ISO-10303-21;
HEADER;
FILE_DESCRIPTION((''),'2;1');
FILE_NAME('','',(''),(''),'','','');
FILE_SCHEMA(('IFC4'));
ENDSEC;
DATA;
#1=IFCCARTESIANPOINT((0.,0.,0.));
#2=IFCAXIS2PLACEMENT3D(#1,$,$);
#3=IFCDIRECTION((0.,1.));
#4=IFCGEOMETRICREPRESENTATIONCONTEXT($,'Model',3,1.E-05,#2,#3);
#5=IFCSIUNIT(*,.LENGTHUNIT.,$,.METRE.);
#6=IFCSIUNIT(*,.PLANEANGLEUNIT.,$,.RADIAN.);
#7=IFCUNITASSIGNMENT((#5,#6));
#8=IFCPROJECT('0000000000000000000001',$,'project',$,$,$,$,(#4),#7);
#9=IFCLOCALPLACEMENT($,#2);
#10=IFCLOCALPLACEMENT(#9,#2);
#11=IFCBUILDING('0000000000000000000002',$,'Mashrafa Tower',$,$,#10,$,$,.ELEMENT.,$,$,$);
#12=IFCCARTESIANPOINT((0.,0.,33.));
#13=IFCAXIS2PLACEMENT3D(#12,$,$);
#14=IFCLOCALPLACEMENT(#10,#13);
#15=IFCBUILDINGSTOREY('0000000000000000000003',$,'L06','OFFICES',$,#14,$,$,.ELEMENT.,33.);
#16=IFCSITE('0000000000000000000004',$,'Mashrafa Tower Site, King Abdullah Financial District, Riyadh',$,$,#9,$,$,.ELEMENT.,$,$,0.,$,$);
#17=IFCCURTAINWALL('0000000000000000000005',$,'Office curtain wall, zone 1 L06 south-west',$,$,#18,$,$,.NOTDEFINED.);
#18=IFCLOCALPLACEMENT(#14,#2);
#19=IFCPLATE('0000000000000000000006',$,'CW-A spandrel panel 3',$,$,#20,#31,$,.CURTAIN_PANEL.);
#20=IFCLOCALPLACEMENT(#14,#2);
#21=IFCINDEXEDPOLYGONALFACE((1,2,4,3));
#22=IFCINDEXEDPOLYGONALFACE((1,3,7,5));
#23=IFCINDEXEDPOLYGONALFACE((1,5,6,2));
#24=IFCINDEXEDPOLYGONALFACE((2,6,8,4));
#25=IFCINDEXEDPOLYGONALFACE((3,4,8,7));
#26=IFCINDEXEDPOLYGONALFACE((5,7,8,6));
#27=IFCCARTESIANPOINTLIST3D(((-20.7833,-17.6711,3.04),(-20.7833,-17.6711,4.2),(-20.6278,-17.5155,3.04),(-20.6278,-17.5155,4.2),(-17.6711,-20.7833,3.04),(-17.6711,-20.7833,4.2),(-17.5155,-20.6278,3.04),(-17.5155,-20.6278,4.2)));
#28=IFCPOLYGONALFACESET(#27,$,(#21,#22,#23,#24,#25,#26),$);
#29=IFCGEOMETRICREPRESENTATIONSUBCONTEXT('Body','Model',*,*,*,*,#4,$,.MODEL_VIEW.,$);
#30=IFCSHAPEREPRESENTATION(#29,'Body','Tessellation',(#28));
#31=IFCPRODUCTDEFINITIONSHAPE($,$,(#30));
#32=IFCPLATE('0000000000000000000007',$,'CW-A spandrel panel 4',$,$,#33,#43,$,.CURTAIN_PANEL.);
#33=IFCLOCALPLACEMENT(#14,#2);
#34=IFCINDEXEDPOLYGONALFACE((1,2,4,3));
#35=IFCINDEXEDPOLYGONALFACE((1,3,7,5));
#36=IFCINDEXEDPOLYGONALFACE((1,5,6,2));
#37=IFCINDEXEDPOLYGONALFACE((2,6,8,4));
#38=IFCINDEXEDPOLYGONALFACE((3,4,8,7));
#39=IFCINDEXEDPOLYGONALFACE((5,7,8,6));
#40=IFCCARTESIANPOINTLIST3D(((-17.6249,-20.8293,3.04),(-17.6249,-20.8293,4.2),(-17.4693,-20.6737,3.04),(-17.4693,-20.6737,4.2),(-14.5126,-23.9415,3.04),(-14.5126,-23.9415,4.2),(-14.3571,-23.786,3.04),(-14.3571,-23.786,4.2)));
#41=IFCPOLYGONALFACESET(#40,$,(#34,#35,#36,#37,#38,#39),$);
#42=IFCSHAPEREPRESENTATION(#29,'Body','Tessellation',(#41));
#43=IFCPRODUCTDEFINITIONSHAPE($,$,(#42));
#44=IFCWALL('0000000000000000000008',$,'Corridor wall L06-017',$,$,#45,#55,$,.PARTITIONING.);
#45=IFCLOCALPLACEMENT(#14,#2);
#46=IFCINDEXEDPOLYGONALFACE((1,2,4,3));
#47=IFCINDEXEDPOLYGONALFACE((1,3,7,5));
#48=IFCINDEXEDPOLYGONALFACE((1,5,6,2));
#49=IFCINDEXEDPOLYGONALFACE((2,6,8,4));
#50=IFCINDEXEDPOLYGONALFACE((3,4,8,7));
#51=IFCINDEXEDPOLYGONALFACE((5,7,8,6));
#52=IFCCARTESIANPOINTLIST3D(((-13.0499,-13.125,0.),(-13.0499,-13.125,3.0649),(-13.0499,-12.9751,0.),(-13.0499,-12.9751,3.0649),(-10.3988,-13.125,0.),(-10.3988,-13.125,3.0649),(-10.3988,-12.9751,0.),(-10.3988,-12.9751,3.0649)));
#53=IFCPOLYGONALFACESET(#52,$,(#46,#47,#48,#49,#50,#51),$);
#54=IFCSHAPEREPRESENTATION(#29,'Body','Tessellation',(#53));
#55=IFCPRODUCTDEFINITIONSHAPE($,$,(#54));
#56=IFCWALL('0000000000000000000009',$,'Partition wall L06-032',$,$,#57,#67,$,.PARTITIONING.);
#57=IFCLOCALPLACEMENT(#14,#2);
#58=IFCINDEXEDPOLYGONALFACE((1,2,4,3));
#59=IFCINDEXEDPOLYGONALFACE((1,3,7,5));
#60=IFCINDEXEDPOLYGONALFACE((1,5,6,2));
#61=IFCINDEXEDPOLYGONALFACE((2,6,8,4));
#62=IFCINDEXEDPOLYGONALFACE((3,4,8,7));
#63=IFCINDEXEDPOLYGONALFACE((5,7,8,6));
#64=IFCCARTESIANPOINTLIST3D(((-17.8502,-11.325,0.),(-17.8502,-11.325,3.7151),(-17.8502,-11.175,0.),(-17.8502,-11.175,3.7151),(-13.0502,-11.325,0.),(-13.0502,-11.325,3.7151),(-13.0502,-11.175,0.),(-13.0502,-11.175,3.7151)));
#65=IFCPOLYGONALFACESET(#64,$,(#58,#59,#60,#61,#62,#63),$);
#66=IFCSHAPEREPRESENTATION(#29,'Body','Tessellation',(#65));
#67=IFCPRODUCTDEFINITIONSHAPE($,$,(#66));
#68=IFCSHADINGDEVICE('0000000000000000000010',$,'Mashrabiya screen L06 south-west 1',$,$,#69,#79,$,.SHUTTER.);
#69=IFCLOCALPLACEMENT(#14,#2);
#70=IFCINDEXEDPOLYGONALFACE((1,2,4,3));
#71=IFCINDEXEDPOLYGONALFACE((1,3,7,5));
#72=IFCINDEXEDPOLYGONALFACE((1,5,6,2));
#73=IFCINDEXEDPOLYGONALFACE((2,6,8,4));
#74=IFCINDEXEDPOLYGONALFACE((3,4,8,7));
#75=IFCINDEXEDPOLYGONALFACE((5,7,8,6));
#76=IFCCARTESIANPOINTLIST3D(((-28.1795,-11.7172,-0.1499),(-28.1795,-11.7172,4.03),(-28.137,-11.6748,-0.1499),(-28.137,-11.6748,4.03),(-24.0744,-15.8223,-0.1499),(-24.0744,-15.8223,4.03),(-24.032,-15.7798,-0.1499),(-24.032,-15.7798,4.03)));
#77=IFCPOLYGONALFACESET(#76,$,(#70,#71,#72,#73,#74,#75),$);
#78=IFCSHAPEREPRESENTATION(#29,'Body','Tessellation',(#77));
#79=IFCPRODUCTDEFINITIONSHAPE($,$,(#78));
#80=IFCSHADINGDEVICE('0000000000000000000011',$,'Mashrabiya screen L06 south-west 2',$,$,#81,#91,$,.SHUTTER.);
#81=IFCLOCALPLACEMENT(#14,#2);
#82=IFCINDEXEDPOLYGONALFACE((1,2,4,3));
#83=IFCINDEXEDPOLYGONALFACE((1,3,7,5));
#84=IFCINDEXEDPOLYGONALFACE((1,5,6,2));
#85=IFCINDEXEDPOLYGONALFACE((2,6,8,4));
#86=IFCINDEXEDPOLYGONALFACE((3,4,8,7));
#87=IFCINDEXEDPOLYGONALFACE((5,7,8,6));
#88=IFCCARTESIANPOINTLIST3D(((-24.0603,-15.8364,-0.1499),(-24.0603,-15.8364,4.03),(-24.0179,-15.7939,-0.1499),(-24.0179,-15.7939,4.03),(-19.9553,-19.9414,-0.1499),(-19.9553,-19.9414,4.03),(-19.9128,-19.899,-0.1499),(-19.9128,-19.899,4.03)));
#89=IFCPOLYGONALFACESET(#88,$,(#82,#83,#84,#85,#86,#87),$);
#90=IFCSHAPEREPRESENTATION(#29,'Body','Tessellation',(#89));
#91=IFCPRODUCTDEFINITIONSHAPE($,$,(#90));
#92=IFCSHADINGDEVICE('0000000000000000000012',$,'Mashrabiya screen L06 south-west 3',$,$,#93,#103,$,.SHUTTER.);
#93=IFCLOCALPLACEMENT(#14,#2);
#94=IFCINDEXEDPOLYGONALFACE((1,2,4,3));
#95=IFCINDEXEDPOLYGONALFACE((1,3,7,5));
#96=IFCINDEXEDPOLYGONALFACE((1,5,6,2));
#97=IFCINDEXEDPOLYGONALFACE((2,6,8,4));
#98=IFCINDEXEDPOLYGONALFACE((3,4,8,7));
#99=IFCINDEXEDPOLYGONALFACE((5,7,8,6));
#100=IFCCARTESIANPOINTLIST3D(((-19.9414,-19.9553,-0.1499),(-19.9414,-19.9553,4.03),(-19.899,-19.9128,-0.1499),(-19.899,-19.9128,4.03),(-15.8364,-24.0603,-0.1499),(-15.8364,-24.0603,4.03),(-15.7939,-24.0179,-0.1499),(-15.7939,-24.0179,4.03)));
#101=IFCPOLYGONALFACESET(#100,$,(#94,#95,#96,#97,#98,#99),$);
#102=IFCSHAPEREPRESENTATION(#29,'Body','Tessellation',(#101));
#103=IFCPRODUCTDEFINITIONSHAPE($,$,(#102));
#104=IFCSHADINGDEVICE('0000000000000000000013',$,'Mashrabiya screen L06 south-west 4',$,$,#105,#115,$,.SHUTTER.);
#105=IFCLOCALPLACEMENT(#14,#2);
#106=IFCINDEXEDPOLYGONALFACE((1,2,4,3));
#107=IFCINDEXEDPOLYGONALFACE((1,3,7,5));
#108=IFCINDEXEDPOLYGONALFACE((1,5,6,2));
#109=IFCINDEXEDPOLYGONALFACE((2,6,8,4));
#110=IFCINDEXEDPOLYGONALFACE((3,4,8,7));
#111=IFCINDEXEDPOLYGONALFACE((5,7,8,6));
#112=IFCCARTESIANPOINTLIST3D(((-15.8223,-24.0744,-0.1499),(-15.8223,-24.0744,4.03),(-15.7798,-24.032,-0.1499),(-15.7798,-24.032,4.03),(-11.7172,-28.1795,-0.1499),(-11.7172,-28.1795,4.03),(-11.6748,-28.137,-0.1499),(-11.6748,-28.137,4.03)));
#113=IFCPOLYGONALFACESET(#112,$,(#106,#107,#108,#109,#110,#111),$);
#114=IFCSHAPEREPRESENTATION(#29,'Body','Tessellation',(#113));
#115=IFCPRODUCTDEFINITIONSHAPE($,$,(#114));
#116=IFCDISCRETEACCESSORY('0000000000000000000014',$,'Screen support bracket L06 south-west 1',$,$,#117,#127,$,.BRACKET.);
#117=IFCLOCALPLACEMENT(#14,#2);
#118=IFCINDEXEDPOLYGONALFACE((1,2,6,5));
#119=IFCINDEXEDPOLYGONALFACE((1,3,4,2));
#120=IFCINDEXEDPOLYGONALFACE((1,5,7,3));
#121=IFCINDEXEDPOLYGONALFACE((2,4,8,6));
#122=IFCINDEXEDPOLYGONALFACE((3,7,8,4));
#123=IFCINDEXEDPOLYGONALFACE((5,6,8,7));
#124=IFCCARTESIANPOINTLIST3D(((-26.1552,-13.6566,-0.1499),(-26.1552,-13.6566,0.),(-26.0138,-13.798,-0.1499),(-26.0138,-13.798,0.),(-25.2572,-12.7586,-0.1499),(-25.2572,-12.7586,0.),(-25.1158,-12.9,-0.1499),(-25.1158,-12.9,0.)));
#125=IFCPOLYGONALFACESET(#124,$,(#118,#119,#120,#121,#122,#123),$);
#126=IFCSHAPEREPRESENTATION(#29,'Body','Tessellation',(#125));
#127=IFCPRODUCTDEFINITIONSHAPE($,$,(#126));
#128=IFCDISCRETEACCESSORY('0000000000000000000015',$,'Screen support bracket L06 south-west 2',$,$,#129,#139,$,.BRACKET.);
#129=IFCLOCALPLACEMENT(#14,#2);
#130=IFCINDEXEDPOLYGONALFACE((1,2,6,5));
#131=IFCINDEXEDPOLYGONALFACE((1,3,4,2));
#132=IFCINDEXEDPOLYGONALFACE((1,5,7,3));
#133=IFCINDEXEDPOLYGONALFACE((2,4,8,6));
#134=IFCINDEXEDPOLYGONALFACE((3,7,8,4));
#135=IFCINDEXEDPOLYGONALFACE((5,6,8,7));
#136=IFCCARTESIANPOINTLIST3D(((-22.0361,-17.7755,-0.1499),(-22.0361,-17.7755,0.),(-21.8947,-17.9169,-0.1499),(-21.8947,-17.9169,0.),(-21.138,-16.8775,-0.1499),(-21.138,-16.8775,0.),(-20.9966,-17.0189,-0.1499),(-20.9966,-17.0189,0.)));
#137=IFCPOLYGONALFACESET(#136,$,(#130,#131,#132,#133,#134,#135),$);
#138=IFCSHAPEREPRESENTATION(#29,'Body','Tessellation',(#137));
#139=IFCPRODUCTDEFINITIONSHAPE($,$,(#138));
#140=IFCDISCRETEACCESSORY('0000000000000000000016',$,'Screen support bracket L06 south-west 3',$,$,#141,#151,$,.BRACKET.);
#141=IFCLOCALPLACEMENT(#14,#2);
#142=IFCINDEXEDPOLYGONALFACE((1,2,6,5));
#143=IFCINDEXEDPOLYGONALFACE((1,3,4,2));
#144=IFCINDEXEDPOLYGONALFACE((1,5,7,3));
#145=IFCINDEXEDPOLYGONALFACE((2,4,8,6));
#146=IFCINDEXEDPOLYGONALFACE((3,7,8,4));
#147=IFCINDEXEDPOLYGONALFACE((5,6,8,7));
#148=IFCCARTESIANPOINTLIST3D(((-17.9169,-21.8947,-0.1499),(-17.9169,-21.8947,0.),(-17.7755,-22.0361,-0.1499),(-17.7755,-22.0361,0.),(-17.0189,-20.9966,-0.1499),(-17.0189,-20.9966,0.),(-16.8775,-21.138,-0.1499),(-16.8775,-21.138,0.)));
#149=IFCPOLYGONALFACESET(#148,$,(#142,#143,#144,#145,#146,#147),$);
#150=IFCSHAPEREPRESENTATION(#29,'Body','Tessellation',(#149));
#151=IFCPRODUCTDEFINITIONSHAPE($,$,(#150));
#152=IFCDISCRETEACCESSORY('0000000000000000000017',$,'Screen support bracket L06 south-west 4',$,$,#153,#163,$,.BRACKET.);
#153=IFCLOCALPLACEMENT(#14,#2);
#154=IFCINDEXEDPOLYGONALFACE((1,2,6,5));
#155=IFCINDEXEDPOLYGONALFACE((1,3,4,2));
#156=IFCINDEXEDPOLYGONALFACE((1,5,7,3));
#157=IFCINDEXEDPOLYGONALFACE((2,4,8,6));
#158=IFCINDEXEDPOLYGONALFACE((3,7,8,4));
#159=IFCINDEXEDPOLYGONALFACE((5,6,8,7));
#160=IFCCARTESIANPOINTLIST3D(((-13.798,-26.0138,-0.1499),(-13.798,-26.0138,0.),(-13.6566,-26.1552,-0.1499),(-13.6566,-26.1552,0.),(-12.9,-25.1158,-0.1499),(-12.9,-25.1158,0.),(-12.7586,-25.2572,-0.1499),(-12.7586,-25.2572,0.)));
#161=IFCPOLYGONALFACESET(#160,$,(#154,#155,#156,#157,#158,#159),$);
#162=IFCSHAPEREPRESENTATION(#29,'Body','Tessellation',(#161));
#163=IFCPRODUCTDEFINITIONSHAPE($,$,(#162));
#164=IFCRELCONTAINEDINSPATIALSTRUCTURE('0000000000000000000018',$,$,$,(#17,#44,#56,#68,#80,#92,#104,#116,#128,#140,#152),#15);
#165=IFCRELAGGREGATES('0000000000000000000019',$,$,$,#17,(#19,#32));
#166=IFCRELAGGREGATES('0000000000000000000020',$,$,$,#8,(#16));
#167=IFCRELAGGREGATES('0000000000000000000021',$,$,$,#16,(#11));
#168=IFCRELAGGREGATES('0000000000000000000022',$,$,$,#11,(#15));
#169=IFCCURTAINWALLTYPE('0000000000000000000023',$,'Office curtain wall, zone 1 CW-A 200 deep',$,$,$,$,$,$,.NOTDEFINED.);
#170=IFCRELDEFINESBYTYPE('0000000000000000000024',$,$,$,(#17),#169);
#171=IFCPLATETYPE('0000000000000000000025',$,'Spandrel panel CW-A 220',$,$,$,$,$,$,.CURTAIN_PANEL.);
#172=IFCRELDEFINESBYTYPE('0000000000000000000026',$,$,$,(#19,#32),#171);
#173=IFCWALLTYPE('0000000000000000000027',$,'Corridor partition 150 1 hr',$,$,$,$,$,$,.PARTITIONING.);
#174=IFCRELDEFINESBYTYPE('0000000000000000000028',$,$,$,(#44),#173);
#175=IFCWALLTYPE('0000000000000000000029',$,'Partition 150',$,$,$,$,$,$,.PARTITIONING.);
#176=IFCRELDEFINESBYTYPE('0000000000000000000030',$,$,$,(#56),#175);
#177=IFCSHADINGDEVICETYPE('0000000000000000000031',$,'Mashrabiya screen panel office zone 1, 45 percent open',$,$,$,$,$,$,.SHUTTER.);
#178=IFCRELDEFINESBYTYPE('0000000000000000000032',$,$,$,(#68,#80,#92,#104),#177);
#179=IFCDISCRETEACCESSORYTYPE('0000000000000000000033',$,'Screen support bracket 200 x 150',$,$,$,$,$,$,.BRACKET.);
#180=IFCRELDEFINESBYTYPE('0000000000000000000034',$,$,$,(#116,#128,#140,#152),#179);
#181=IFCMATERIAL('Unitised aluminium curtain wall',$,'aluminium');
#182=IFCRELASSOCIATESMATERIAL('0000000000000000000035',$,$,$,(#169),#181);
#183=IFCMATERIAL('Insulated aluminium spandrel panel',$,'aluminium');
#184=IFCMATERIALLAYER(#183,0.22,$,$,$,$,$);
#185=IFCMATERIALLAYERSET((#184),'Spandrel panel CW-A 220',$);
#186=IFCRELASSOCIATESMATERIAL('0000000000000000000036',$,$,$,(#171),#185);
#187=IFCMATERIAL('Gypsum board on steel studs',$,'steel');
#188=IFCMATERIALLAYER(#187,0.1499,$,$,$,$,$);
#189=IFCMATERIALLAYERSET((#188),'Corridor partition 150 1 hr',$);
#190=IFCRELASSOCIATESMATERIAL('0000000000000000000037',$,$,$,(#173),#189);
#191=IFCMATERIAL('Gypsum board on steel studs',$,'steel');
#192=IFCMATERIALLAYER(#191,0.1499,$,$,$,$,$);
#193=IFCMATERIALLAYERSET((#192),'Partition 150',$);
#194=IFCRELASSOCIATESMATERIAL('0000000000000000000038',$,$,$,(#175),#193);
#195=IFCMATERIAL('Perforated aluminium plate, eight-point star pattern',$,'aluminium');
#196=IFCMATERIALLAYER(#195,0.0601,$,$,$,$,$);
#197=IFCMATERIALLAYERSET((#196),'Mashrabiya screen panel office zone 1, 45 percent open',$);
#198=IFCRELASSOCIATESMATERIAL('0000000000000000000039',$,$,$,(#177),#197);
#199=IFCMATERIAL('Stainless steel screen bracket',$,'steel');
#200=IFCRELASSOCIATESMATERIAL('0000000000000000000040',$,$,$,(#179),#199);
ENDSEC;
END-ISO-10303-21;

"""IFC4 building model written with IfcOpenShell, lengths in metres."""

from ifc_helpers import new_model, si_unit, direction, frame, frame_2d, origin, origin_2d, place, context, subcontext, project, spatial, rectangle, extrude, source, transform, mapped, material, layer, layer_set, type_object, type_shapes, element, aggregate, save


model = new_model("IFC4")

# Units and contexts
model_context = context("Model", 3, precision=1e-05, world=origin(), true_north=direction((0.0, 1.0)))
body_context = subcontext(model_context, "Body", "Model", "MODEL_VIEW")
ifc_project = project(units=[si_unit("LENGTHUNIT", "METRE"), si_unit("PLANEANGLEUNIT", "RADIAN")], contexts=[model_context])

# Site, building, storey
site_placement = place(None, origin())
site = spatial("IfcSite", under=ifc_project, at=site_placement, Name="Mashrafa Tower Site, King Abdullah Financial District, Riyadh", CompositionType="ELEMENT", RefElevation=0.0)
building_placement = place(site_placement, origin())
building = spatial("IfcBuilding", under=site, at=building_placement, Name="Mashrafa Tower", CompositionType="ELEMENT")
storey_placement = place(building_placement, frame((0.0, 0.0, 33.0)))
storey = spatial("IfcBuildingStorey", under=building, at=storey_placement, Name="L06", Description="OFFICES", CompositionType="ELEMENT", Elevation=33.0)

# Curtain wall, plates
ifc_material_1 = material(Name="Unitised aluminium curtain wall", Category="aluminium")
curtain_wall_type = type_object("IfcCurtainWallType", Name="Office curtain wall, zone 1 CW-A 200 deep", PredefinedType="NOTDEFINED", material=ifc_material_1)
curtain_wall_placement = place(storey_placement, origin())
curtain_wall = element("IfcCurtainWall", 1, at=curtain_wall_placement, inside=storey, type_object=curtain_wall_type, Name="Office curtain wall, zone 1 L06 south-west", PredefinedType="NOTDEFINED")
ifc_material_2 = material(Name="Insulated aluminium spandrel panel", Category="aluminium")
ifc_layer_1 = layer(ifc_material_2, 0.22)
ifc_layer_set_1 = layer_set([ifc_layer_1], Name="Spandrel panel CW-A 220")
plate_type_1 = type_object("IfcPlateType", Name="Spandrel panel CW-A 220", PredefinedType="CURTAIN_PANEL", material=ifc_layer_set_1)
shared_shape_1 = source(origin(), body_context, "Body", "SweptSolid", [
    extrude(rectangle(XDim=4.4014, YDim=0.22, at=origin_2d()), origin(), (0.0, 0.0, 1.0), 1.1599),
])
plate_1_placement = place(storey_placement, frame((-19.1494, -19.1494, 3.04), z_axis=(0.0, 0.0, 1.0), x_axis=(0.707107, -0.707107, 0.0)))
plate_1 = element("IfcPlate", 2, at=plate_1_placement, type_object=plate_type_1, Name="CW-A spandrel panel 3", PredefinedType="CURTAIN_PANEL", context=body_context, shape_type="MappedRepresentation", body=[
    mapped(shared_shape_1, transform((0.0, 0.0, 0.0))),
])
plate_2_placement = place(storey_placement, frame((-15.991, -22.3076, 3.04), z_axis=(0.0, 0.0, 1.0), x_axis=(0.707107, -0.707107, 0.0)))
plate_2 = element("IfcPlate", 3, at=plate_2_placement, type_object=plate_type_1, Name="CW-A spandrel panel 4", PredefinedType="CURTAIN_PANEL", context=body_context, shape_type="MappedRepresentation", body=[
    mapped(shared_shape_1, transform((0.0, 0.0, 0.0))),
])
aggregate(curtain_wall, [plate_1, plate_2])

# Walls
ifc_material_3 = material(Name="Gypsum board on steel studs", Category="steel")
ifc_layer_2 = layer(ifc_material_3, 0.1499)
ifc_layer_set_2 = layer_set([ifc_layer_2], Name="Corridor partition 150 1 hr")
wall_type_1 = type_object("IfcWallType", Name="Corridor partition 150 1 hr", PredefinedType="PARTITIONING", material=ifc_layer_set_2)
wall_1_placement = place(storey_placement, frame((-13.05, -13.05, 0.0), z_axis=(0.0, 0.0, 1.0), x_axis=(1.0, 0.0, 0.0)))
element("IfcWall", 4, at=wall_1_placement, inside=storey, type_object=wall_type_1, Name="Corridor wall L06-017", PredefinedType="PARTITIONING", context=body_context, shape_type="SweptSolid", body=[
    extrude(rectangle(XDim=2.6511, YDim=0.1499, at=frame_2d((1.3257, 0.0))), origin(), (0.0, 0.0, 1.0), 3.0649),
])
ifc_material_4 = material(Name="Gypsum board on steel studs", Category="steel")
ifc_layer_3 = layer(ifc_material_4, 0.1499)
ifc_layer_set_3 = layer_set([ifc_layer_3], Name="Partition 150")
wall_type_2 = type_object("IfcWallType", Name="Partition 150", PredefinedType="PARTITIONING", material=ifc_layer_set_3)
wall_2_placement = place(storey_placement, frame((-17.8501, -11.25, 0.0), z_axis=(0.0, 0.0, 1.0), x_axis=(1.0, 0.0, 0.0)))
element("IfcWall", 5, at=wall_2_placement, inside=storey, type_object=wall_type_2, Name="Partition wall L06-032", PredefinedType="PARTITIONING", context=body_context, shape_type="SweptSolid", body=[
    extrude(rectangle(XDim=4.8, YDim=0.1499, at=frame_2d((2.3999, 0.0))), origin(), (0.0, 0.0, 1.0), 3.7151),
])

# Shading devices
ifc_material_5 = material(Name="Perforated aluminium plate, eight-point star pattern", Category="aluminium")
ifc_layer_4 = layer(ifc_material_5, 0.0601)
ifc_layer_set_4 = layer_set([ifc_layer_4], Name="Mashrabiya screen panel office zone 1, 45 percent open")
shading_device_type = type_object("IfcShadingDeviceType", Name="Mashrabiya screen panel office zone 1, 45 percent open", PredefinedType="SHUTTER", material=ifc_layer_set_4)
shared_shape_2 = source(origin(), body_context, "Body", "SweptSolid", [
    extrude(rectangle(XDim=5.8054, YDim=0.0601, at=origin_2d()), origin(), (0.0, 0.0, 1.0), 4.1799),
])
type_shapes(shading_device_type, [shared_shape_2])
for number, where, z_axis, x_axis, name in (
    (6, (-26.1057, -13.7485, -0.1499), (0.0, 0.0, 1.0), (0.707107, -0.707107, 0.0), "Mashrabiya screen L06 south-west 1"),
    (7, (-21.9866, -17.8677, -0.1499), (0.0, 0.0, 1.0), (0.707107, -0.707107, 0.0), "Mashrabiya screen L06 south-west 2"),
    (8, (-17.8677, -21.9866, -0.1499), (0.0, 0.0, 1.0), (0.707107, -0.707107, 0.0), "Mashrabiya screen L06 south-west 3"),
    (9, (-13.7485, -26.1057, -0.1499), (0.0, 0.0, 1.0), (0.707107, -0.707107, 0.0), "Mashrabiya screen L06 south-west 4"),
):
    element("IfcShadingDevice", number, at=place(storey_placement, frame(where, z_axis=z_axis, x_axis=x_axis)), inside=storey, type_object=shading_device_type, Name=name, PredefinedType="SHUTTER", context=body_context, shape_type="MappedRepresentation", body=[
        mapped(shared_shape_2, transform((0.0, 0.0, 0.0))),
    ])

# Discrete accessories
ifc_material_6 = material(Name="Stainless steel screen bracket", Category="steel")
discrete_accessory_type = type_object("IfcDiscreteAccessoryType", Name="Screen support bracket 200 x 150", PredefinedType="BRACKET", material=ifc_material_6)
shared_shape_3 = source(origin(), body_context, "Body", "SweptSolid", [
    extrude(rectangle(XDim=0.2, YDim=1.27, at=origin_2d()), origin(), (0.0, 0.0, 1.0), 0.1499),
])
type_shapes(discrete_accessory_type, [shared_shape_3])
for number, where, z_axis, x_axis, name in (
    (10, (-25.6355, -13.2783, -0.1499), (0.0, 0.0, 1.0), (0.707107, -0.707107, 0.0), "Screen support bracket L06 south-west 1"),
    (11, (-21.5164, -17.3972, -0.1499), (0.0, 0.0, 1.0), (0.707107, -0.707107, 0.0), "Screen support bracket L06 south-west 2"),
    (12, (-17.3972, -21.5164, -0.1499), (0.0, 0.0, 1.0), (0.707107, -0.707107, 0.0), "Screen support bracket L06 south-west 3"),
    (13, (-13.2783, -25.6355, -0.1499), (0.0, 0.0, 1.0), (0.707107, -0.707107, 0.0), "Screen support bracket L06 south-west 4"),
):
    element("IfcDiscreteAccessory", number, at=place(storey_placement, frame(where, z_axis=z_axis, x_axis=x_axis)), inside=storey, type_object=discrete_accessory_type, Name=name, PredefinedType="BRACKET", context=body_context, shape_type="MappedRepresentation", body=[
        mapped(shared_shape_3, transform((0.0, 0.0, 0.0))),
    ])

save(model, "model.ifc")
